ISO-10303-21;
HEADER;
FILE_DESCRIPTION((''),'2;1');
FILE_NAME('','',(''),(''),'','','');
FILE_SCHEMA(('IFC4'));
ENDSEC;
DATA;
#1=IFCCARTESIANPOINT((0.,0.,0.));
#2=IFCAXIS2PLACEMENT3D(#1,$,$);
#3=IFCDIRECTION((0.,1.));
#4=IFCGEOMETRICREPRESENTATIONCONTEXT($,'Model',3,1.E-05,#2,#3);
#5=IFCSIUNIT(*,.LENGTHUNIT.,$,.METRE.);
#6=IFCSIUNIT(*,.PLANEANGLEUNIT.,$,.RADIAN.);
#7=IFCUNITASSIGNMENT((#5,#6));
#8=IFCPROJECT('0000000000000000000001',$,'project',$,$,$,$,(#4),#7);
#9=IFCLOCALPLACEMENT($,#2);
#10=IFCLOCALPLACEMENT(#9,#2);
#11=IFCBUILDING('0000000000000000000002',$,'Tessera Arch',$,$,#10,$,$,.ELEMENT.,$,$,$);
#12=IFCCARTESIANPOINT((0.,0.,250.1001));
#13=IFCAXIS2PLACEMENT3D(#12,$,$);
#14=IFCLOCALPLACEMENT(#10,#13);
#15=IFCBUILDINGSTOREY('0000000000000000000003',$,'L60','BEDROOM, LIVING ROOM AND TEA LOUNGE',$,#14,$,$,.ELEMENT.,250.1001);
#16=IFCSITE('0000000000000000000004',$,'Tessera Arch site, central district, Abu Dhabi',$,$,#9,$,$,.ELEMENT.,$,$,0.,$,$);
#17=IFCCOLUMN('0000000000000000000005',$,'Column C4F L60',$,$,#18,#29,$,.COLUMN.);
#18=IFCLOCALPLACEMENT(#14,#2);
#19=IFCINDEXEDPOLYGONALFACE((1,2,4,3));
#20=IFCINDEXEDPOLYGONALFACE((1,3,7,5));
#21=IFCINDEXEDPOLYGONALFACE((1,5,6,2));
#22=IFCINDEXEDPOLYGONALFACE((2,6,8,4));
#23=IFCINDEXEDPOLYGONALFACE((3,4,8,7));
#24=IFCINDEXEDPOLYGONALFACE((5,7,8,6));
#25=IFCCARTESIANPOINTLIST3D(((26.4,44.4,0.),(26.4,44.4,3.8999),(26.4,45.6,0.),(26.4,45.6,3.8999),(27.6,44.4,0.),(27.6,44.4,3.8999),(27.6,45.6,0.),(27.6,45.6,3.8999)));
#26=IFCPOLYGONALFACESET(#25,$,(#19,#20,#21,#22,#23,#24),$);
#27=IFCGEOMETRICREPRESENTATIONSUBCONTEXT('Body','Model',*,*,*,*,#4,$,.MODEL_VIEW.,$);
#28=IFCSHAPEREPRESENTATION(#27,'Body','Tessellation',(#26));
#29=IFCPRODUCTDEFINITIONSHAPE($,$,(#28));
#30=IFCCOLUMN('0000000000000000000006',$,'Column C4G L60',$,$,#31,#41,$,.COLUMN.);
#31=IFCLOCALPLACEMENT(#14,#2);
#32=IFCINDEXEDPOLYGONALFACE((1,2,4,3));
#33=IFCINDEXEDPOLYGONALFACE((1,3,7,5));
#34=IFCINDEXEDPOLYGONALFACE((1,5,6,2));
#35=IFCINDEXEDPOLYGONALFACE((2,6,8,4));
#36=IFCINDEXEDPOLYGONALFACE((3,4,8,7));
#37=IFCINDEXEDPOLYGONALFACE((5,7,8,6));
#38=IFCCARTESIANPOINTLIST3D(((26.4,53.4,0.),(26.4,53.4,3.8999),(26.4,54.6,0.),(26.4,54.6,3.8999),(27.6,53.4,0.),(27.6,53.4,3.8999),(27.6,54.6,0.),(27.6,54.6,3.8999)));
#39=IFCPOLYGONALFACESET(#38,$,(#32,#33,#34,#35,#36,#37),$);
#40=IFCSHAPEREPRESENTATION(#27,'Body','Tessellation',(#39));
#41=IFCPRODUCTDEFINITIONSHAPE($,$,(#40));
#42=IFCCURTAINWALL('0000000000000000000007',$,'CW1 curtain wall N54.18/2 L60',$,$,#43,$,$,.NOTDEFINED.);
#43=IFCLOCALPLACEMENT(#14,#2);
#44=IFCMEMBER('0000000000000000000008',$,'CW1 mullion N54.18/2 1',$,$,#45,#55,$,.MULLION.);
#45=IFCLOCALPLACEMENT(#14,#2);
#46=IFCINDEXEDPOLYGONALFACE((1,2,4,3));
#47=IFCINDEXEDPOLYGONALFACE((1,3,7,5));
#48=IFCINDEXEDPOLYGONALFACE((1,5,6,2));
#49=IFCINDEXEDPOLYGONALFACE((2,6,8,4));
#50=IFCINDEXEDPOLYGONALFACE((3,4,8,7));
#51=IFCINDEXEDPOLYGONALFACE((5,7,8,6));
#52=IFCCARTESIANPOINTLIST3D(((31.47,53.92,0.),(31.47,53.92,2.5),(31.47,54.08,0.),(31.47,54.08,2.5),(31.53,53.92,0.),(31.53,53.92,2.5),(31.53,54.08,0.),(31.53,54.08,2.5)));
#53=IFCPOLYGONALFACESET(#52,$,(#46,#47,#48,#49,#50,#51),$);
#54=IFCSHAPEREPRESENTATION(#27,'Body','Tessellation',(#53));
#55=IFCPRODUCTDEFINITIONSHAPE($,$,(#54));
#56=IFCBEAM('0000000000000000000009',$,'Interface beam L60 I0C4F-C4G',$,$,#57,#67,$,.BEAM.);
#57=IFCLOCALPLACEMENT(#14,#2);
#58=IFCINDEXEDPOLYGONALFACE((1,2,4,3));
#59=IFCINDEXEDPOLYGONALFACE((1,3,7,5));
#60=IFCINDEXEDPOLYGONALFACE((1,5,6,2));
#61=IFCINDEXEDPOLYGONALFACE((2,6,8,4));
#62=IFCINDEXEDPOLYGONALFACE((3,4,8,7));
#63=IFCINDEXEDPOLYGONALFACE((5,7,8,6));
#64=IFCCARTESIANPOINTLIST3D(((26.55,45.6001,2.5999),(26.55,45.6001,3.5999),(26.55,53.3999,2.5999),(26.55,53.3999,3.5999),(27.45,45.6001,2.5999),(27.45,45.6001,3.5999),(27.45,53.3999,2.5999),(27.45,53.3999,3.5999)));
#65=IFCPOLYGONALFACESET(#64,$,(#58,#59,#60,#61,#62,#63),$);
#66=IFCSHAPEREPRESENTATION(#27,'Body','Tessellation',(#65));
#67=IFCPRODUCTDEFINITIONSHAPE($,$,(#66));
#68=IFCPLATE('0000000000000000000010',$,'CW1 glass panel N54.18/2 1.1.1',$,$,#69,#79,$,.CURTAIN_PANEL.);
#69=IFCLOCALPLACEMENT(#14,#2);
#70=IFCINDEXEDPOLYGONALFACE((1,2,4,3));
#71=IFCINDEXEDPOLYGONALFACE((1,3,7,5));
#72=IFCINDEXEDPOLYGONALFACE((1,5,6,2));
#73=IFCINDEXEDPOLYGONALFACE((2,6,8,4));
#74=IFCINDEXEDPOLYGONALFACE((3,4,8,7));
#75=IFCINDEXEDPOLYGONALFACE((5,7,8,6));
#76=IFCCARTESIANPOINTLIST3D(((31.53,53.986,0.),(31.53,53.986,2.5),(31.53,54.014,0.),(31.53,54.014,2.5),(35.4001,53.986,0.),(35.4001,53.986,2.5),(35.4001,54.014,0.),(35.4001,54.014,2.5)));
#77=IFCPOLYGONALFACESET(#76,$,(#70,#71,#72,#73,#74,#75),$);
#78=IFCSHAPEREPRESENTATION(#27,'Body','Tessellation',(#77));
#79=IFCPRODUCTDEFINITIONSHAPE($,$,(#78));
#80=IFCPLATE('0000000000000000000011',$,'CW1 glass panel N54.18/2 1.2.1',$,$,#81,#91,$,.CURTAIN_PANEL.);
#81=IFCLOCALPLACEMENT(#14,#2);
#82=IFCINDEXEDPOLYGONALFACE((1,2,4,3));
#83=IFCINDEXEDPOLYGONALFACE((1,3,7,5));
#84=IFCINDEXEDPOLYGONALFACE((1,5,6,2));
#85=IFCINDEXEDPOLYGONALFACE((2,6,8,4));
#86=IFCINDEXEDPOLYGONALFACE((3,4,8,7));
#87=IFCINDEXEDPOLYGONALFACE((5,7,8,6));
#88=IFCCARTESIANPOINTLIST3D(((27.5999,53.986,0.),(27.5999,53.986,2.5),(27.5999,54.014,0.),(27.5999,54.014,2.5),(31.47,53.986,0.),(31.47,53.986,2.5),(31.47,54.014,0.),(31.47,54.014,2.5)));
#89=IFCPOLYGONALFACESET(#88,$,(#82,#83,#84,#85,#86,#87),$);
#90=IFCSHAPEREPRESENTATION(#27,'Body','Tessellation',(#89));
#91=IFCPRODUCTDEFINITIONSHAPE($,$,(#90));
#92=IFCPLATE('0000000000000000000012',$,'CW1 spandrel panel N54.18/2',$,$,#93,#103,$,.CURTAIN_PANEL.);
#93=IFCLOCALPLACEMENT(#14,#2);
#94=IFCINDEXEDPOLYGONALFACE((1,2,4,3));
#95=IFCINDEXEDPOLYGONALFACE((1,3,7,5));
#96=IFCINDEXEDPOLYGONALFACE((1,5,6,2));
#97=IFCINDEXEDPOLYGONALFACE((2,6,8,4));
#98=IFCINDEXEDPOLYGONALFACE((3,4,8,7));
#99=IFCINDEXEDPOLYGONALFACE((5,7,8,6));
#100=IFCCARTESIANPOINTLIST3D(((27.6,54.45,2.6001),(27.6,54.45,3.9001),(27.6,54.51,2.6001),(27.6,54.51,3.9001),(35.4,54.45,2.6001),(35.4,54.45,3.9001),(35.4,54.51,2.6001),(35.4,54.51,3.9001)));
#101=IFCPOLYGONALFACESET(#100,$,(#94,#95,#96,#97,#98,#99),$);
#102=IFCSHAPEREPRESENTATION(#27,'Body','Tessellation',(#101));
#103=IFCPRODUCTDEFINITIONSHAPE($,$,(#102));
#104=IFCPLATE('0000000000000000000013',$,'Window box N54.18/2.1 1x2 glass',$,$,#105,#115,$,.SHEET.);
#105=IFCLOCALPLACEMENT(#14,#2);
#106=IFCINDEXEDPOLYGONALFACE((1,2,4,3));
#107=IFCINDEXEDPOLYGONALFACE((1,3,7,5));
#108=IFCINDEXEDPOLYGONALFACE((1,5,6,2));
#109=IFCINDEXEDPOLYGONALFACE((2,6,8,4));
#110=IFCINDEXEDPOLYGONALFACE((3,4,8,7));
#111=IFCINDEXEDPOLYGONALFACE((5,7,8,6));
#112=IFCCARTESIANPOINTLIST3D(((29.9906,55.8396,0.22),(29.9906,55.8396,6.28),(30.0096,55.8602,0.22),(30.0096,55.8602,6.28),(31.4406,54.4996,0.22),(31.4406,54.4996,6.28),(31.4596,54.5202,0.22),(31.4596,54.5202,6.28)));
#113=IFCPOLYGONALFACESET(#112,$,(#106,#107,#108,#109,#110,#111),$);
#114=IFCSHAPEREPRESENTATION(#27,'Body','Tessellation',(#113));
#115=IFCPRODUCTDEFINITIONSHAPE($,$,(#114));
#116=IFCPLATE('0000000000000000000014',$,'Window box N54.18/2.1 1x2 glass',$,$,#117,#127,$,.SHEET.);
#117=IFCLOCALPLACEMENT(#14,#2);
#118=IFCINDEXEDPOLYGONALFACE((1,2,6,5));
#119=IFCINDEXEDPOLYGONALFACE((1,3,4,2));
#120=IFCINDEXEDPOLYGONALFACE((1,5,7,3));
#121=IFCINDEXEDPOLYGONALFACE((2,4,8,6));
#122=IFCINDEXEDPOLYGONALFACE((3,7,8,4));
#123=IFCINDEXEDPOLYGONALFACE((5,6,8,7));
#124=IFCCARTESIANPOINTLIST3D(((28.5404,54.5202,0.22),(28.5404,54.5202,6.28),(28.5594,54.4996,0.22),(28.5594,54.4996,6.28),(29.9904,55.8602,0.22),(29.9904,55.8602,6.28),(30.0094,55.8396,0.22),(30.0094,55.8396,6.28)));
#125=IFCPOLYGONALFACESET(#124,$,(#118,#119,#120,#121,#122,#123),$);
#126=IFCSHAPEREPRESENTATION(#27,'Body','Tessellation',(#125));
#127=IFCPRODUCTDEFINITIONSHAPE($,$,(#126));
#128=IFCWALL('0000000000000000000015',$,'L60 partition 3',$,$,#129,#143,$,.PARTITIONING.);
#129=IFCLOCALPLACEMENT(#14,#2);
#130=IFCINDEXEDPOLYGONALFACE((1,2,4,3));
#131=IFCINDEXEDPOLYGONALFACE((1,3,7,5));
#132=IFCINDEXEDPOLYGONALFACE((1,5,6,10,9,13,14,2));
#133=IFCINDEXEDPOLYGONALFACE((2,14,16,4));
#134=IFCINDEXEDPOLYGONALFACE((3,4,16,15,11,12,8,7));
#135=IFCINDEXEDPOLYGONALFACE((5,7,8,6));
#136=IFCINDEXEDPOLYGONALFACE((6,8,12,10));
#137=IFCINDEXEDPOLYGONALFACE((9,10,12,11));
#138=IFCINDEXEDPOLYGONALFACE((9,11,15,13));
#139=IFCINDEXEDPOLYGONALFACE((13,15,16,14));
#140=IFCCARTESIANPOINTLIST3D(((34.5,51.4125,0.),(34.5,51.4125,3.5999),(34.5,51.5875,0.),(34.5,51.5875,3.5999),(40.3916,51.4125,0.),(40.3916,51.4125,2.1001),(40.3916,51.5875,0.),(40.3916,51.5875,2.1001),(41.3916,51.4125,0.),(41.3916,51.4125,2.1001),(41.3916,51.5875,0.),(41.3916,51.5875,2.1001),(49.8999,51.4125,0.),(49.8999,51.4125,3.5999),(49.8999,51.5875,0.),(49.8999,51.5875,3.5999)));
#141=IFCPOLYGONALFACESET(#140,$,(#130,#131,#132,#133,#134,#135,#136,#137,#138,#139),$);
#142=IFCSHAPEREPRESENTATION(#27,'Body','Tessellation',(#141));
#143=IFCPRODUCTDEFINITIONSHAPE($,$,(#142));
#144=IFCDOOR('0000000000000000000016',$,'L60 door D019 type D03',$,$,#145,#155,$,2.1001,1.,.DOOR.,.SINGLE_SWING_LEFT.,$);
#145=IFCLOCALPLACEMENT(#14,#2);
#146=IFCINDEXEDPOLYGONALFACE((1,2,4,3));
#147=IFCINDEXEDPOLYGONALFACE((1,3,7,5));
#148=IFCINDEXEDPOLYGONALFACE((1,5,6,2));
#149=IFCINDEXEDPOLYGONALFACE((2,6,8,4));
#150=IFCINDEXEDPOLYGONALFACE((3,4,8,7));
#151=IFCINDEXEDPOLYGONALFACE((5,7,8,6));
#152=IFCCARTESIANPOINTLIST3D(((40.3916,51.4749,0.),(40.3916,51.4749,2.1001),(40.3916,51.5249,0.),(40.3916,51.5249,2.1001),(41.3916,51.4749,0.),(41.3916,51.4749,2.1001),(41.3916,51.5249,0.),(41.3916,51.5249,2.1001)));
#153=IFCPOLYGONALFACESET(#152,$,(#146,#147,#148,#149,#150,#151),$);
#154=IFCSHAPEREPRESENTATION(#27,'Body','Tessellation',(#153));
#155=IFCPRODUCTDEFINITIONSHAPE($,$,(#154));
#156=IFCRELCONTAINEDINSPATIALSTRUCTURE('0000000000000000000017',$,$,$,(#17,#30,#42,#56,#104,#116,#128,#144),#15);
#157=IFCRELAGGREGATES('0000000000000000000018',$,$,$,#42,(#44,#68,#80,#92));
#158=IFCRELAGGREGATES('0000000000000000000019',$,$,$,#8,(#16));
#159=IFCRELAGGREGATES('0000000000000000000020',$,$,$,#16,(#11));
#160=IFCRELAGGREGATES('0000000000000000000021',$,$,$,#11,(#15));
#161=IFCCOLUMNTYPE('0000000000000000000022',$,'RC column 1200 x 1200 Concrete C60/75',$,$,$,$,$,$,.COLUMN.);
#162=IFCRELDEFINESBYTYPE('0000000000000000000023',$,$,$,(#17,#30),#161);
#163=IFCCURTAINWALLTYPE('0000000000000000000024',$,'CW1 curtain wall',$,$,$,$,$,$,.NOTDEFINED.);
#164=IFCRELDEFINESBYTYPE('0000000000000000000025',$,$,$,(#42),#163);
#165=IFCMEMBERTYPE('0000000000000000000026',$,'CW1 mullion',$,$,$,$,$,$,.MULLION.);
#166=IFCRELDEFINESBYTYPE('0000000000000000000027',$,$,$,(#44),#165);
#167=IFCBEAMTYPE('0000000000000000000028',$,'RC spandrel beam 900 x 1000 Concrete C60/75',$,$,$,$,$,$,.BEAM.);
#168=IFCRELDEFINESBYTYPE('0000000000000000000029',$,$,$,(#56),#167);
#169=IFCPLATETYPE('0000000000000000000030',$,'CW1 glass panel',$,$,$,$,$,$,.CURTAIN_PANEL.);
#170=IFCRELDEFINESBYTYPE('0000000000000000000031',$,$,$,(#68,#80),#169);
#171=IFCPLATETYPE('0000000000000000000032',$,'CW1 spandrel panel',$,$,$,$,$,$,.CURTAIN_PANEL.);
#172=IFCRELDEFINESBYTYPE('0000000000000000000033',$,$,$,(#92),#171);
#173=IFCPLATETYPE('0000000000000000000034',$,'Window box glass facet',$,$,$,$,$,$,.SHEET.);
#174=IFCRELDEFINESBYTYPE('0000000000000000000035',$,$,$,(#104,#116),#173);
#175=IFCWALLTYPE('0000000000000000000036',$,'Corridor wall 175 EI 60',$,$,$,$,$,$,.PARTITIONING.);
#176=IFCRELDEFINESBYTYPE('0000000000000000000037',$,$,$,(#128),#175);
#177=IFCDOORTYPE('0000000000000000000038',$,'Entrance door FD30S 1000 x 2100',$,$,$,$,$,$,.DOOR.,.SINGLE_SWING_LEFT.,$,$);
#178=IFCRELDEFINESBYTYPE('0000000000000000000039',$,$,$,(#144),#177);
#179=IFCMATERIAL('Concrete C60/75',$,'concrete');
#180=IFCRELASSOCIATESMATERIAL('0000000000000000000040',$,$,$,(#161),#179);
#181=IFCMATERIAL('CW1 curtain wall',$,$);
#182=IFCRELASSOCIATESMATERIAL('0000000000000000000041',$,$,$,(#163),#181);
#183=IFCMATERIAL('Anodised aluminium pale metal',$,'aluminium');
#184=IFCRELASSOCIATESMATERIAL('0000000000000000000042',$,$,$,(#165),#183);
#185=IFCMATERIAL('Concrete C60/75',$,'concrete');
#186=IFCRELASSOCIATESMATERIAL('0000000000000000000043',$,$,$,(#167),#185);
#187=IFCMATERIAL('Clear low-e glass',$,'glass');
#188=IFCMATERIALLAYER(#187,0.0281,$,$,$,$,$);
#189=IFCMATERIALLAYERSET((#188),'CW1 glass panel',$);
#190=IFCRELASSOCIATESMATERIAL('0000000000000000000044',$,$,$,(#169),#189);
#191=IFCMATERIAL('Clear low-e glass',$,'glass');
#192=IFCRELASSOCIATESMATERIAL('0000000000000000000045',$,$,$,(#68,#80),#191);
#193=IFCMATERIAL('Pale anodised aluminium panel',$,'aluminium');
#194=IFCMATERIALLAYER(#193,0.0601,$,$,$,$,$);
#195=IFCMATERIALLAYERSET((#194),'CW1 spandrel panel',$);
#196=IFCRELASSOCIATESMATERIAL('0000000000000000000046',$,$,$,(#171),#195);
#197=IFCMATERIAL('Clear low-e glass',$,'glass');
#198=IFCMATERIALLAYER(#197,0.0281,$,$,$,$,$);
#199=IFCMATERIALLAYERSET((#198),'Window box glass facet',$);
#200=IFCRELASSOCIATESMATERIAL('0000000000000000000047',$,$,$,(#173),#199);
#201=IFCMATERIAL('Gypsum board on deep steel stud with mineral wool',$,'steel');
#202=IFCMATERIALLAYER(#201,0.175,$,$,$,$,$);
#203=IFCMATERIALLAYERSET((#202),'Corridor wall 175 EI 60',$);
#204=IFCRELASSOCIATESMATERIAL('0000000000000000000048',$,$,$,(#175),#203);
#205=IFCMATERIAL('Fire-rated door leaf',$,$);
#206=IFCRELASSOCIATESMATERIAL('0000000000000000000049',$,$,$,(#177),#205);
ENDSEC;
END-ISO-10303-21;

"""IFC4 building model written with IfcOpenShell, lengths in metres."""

from ifc_helpers import new_model, si_unit, direction, frame, frame_2d, origin, origin_2d, place, context, subcontext, project, spatial, rectangle, extrude, material, layer, layer_set, material_profile, profile_set, type_object, element, fill, aggregate, save


model = new_model("IFC4")

# Units and contexts
model_context = context("Model", 3, precision=1e-05, world=origin(), true_north=direction((0.0, 1.0)))
body_context = subcontext(model_context, "Body", "Model", "MODEL_VIEW")
ifc_project = project(units=[si_unit("LENGTHUNIT", "METRE"), si_unit("PLANEANGLEUNIT", "RADIAN")], contexts=[model_context])

# Site, building, storey
site_placement = place(None, origin())
site = spatial("IfcSite", under=ifc_project, at=site_placement, Name="Tessera Arch site, central district, Abu Dhabi", CompositionType="ELEMENT", RefElevation=0.0)
building_placement = place(site_placement, origin())
building = spatial("IfcBuilding", under=site, at=building_placement, Name="Tessera Arch", CompositionType="ELEMENT")
storey_placement = place(building_placement, frame((0.0, 0.0, 250.1001)))
storey = spatial("IfcBuildingStorey", under=building, at=storey_placement, Name="L60", Description="BEDROOM, LIVING ROOM AND TEA LOUNGE", CompositionType="ELEMENT", Elevation=250.1001)

# Columns
ifc_material_1 = material(Name="Concrete C60/75", Category="concrete")
ifc_material_profile_1 = material_profile(ifc_material_1, rectangle(XDim=1.2, YDim=1.2, at=origin_2d()), Name="RC column 1200 x 1200 Concrete C60/75")
ifc_profile_set_1 = profile_set([ifc_material_profile_1], Name="Concrete C60/75")
column_type = type_object("IfcColumnType", Name="RC column 1200 x 1200 Concrete C60/75", PredefinedType="COLUMN", material=ifc_profile_set_1)
for number, where, z_axis, x_axis, name in (
    (1, (27.0, 45.0, 0.0), (0.0, 0.0, 1.0), (1.0, 0.0, 0.0), "Column C4F L60"),
    (2, (27.0, 54.0, 0.0), (0.0, 0.0, 1.0), (1.0, 0.0, 0.0), "Column C4G L60"),
):
    element("IfcColumn", number, at=place(storey_placement, frame(where, z_axis=z_axis, x_axis=x_axis)), inside=storey, type_object=column_type, Name=name, PredefinedType="COLUMN", context=body_context, shape_type="SweptSolid", body=[
        extrude(rectangle(XDim=1.2, YDim=1.2, at=origin_2d()), origin(), (0.0, 0.0, 1.0), 3.8999),
    ])

# Curtain wall, member
ifc_material_2 = material(Name="CW1 curtain wall")
curtain_wall_type = type_object("IfcCurtainWallType", Name="CW1 curtain wall", PredefinedType="NOTDEFINED", material=ifc_material_2)
curtain_wall_placement = place(storey_placement, origin())
curtain_wall = element("IfcCurtainWall", 3, at=curtain_wall_placement, inside=storey, type_object=curtain_wall_type, Name="CW1 curtain wall N54.18/2 L60", PredefinedType="NOTDEFINED")
ifc_material_3 = material(Name="Anodised aluminium pale metal", Category="aluminium")
ifc_material_profile_2 = material_profile(ifc_material_3, rectangle(XDim=0.1599, YDim=0.0601, at=origin_2d()), Name="AL 60x160")
ifc_profile_set_2 = profile_set([ifc_material_profile_2], Name="Anodised aluminium pale metal")
member_type = type_object("IfcMemberType", Name="CW1 mullion", PredefinedType="MULLION", material=ifc_profile_set_2)
member_placement = place(storey_placement, frame((31.5, 54.0, 0.0), z_axis=(0.0, 0.0, 1.0), x_axis=(0.0, -1.0, 0.0)))
member = element("IfcMember", 4, at=member_placement, type_object=member_type, Name="CW1 mullion N54.18/2 1", PredefinedType="MULLION", context=body_context, shape_type="SweptSolid", body=[
    extrude(rectangle(XDim=0.1599, YDim=0.0601, at=origin_2d()), origin(), (0.0, 0.0, 1.0), 2.5),
])

# Beam
ifc_material_4 = material(Name="Concrete C60/75", Category="concrete")
ifc_material_profile_3 = material_profile(ifc_material_4, rectangle(XDim=0.8999, YDim=1.0, at=origin_2d()), Name="RC spandrel beam 900 x 1000 Concrete C60/75")
ifc_profile_set_3 = profile_set([ifc_material_profile_3], Name="Concrete C60/75")
beam_type = type_object("IfcBeamType", Name="RC spandrel beam 900 x 1000 Concrete C60/75", PredefinedType="BEAM", material=ifc_profile_set_3)
beam_placement = place(storey_placement, frame((27.0, 45.6001, 3.0999), z_axis=(0.0, 1.0, 0.0), x_axis=(-1.0, 0.0, 0.0)))
element("IfcBeam", 5, at=beam_placement, inside=storey, type_object=beam_type, Name="Interface beam L60 I0C4F-C4G", PredefinedType="BEAM", context=body_context, shape_type="SweptSolid", body=[
    extrude(rectangle(XDim=0.8999, YDim=1.0, at=origin_2d()), origin(), (0.0, 0.0, 1.0), 7.7998),
])

# Plates
ifc_material_5 = material(Name="Clear low-e glass", Category="glass")
ifc_material_6 = material(Name="Clear low-e glass", Category="glass")
ifc_layer_1 = layer(ifc_material_6, 0.0281)
ifc_layer_set_1 = layer_set([ifc_layer_1], Name="CW1 glass panel")
plate_type_1 = type_object("IfcPlateType", Name="CW1 glass panel", PredefinedType="CURTAIN_PANEL", material=ifc_layer_set_1)
plate_1_placement = place(storey_placement, frame((33.4651, 54.0, 0.0), z_axis=(0.0, 0.0, 1.0), x_axis=(-1.0, 0.0, 0.0)))
plate_1 = element("IfcPlate", 6, at=plate_1_placement, type_object=plate_type_1, material=ifc_material_5, Name="CW1 glass panel N54.18/2 1.1.1", PredefinedType="CURTAIN_PANEL", context=body_context, shape_type="SweptSolid", body=[
    extrude(rectangle(XDim=3.8701, YDim=0.0281, at=origin_2d()), origin(), (0.0, 0.0, 1.0), 2.5),
])
plate_2_placement = place(storey_placement, frame((29.5349, 54.0, 0.0), z_axis=(0.0, 0.0, 1.0), x_axis=(-1.0, 0.0, 0.0)))
plate_2 = element("IfcPlate", 7, at=plate_2_placement, type_object=plate_type_1, material=ifc_material_5, Name="CW1 glass panel N54.18/2 1.2.1", PredefinedType="CURTAIN_PANEL", context=body_context, shape_type="SweptSolid", body=[
    extrude(rectangle(XDim=3.8701, YDim=0.0281, at=origin_2d()), origin(), (0.0, 0.0, 1.0), 2.5),
])
ifc_material_7 = material(Name="Pale anodised aluminium panel", Category="aluminium")
ifc_layer_2 = layer(ifc_material_7, 0.0601)
ifc_layer_set_2 = layer_set([ifc_layer_2], Name="CW1 spandrel panel")
plate_type_2 = type_object("IfcPlateType", Name="CW1 spandrel panel", PredefinedType="CURTAIN_PANEL", material=ifc_layer_set_2)
plate_3_placement = place(storey_placement, frame((31.5, 54.48, 2.6001), z_axis=(0.0, 0.0, 1.0), x_axis=(-1.0, 0.0, 0.0)))
plate_3 = element("IfcPlate", 8, at=plate_3_placement, type_object=plate_type_2, Name="CW1 spandrel panel N54.18/2", PredefinedType="CURTAIN_PANEL", context=body_context, shape_type="SweptSolid", body=[
    extrude(rectangle(XDim=7.8, YDim=0.0601, at=origin_2d()), origin(), (0.0, 0.0, 1.0), 1.3),
])
aggregate(curtain_wall, [member, plate_1, plate_2, plate_3])

# Plates
ifc_material_8 = material(Name="Clear low-e glass", Category="glass")
ifc_layer_3 = layer(ifc_material_8, 0.0281)
ifc_layer_set_3 = layer_set([ifc_layer_3], Name="Window box glass facet")
plate_type_3 = type_object("IfcPlateType", Name="Window box glass facet", PredefinedType="SHEET", material=ifc_layer_set_3)
for number, where, z_axis, x_axis, name in (
    (9, (30.7251, 55.1799, 0.22), (0.0, 0.0, 1.0), (-0.734415, 0.678701, 0.0), "Window box N54.18/2.1 1x2 glass"),
    (10, (29.2749, 55.1799, 0.22), (0.0, 0.0, 1.0), (0.734415, 0.678701, 0.0), "Window box N54.18/2.1 1x2 glass"),
):
    element("IfcPlate", number, at=place(storey_placement, frame(where, z_axis=z_axis, x_axis=x_axis)), inside=storey, type_object=plate_type_3, Name=name, PredefinedType="SHEET", context=body_context, shape_type="SweptSolid", body=[
        extrude(rectangle(XDim=1.9744, YDim=0.0281, at=origin_2d()), origin(), (0.0, 0.0, 1.0), 6.0601),
    ])

# Wall, opening, door
ifc_material_9 = material(Name="Gypsum board on deep steel stud with mineral wool", Category="steel")
ifc_layer_4 = layer(ifc_material_9, 0.175)
ifc_layer_set_4 = layer_set([ifc_layer_4], Name="Corridor wall 175 EI 60")
wall_type_1 = type_object("IfcWallType", Name="Corridor wall 175 EI 60", PredefinedType="PARTITIONING", material=ifc_layer_set_4)
wall_1_placement = place(storey_placement, frame((34.5, 51.5, 0.0), z_axis=(0.0, 0.0, 1.0), x_axis=(1.0, 0.0, 0.0)))
wall_1 = element("IfcWall", 11, at=wall_1_placement, inside=storey, type_object=wall_type_1, Name="L60 partition 3", PredefinedType="PARTITIONING", context=body_context, shape_type="SweptSolid", body=[
    extrude(rectangle(XDim=15.3999, YDim=0.175, at=frame_2d((7.7, 0.0))), origin(), (0.0, 0.0, 1.0), 3.5999),
])
opening_1_placement = place(wall_1_placement, frame((5.8916, 0.0, 0.0)))
opening_1 = element("IfcOpeningElement", 12, at=opening_1_placement, cuts=wall_1, PredefinedType="OPENING", context=body_context, shape_type="SweptSolid", body=[
    extrude(rectangle(XDim=1.0, YDim=2.1001, at=frame_2d((0.5, 1.05))), frame((0.0, 0.0974, 0.0), z_axis=(0.0, -1.0, 0.0), x_axis=(1.0, 0.0, 0.0)), (0.0, 0.0, 1.0), 0.1951),
])
ifc_material_10 = material(Name="Fire-rated door leaf")
door_type_1 = type_object("IfcDoorType", Name="Entrance door FD30S 1000 x 2100", OperationType="SINGLE_SWING_LEFT", PredefinedType="DOOR", material=ifc_material_10)
door_1_placement = place(opening_1_placement, origin())
door_1 = element("IfcDoor", 13, at=door_1_placement, inside=storey, type_object=door_type_1, Name="L60 door D019 type D03", OperationType="SINGLE_SWING_LEFT", OverallHeight=2.1001, OverallWidth=1.0, PredefinedType="DOOR", context=body_context, shape_type="SweptSolid", body=[
    extrude(rectangle(XDim=1.0, YDim=2.1001, at=frame_2d((0.5, 1.05))), frame((0.0, 0.0249, 0.0), z_axis=(0.0, -1.0, 0.0), x_axis=(1.0, 0.0, 0.0)), (0.0, 0.0, 1.0), 0.05),
])
fill(opening_1, door_1)

save(model, "model.ifc")
